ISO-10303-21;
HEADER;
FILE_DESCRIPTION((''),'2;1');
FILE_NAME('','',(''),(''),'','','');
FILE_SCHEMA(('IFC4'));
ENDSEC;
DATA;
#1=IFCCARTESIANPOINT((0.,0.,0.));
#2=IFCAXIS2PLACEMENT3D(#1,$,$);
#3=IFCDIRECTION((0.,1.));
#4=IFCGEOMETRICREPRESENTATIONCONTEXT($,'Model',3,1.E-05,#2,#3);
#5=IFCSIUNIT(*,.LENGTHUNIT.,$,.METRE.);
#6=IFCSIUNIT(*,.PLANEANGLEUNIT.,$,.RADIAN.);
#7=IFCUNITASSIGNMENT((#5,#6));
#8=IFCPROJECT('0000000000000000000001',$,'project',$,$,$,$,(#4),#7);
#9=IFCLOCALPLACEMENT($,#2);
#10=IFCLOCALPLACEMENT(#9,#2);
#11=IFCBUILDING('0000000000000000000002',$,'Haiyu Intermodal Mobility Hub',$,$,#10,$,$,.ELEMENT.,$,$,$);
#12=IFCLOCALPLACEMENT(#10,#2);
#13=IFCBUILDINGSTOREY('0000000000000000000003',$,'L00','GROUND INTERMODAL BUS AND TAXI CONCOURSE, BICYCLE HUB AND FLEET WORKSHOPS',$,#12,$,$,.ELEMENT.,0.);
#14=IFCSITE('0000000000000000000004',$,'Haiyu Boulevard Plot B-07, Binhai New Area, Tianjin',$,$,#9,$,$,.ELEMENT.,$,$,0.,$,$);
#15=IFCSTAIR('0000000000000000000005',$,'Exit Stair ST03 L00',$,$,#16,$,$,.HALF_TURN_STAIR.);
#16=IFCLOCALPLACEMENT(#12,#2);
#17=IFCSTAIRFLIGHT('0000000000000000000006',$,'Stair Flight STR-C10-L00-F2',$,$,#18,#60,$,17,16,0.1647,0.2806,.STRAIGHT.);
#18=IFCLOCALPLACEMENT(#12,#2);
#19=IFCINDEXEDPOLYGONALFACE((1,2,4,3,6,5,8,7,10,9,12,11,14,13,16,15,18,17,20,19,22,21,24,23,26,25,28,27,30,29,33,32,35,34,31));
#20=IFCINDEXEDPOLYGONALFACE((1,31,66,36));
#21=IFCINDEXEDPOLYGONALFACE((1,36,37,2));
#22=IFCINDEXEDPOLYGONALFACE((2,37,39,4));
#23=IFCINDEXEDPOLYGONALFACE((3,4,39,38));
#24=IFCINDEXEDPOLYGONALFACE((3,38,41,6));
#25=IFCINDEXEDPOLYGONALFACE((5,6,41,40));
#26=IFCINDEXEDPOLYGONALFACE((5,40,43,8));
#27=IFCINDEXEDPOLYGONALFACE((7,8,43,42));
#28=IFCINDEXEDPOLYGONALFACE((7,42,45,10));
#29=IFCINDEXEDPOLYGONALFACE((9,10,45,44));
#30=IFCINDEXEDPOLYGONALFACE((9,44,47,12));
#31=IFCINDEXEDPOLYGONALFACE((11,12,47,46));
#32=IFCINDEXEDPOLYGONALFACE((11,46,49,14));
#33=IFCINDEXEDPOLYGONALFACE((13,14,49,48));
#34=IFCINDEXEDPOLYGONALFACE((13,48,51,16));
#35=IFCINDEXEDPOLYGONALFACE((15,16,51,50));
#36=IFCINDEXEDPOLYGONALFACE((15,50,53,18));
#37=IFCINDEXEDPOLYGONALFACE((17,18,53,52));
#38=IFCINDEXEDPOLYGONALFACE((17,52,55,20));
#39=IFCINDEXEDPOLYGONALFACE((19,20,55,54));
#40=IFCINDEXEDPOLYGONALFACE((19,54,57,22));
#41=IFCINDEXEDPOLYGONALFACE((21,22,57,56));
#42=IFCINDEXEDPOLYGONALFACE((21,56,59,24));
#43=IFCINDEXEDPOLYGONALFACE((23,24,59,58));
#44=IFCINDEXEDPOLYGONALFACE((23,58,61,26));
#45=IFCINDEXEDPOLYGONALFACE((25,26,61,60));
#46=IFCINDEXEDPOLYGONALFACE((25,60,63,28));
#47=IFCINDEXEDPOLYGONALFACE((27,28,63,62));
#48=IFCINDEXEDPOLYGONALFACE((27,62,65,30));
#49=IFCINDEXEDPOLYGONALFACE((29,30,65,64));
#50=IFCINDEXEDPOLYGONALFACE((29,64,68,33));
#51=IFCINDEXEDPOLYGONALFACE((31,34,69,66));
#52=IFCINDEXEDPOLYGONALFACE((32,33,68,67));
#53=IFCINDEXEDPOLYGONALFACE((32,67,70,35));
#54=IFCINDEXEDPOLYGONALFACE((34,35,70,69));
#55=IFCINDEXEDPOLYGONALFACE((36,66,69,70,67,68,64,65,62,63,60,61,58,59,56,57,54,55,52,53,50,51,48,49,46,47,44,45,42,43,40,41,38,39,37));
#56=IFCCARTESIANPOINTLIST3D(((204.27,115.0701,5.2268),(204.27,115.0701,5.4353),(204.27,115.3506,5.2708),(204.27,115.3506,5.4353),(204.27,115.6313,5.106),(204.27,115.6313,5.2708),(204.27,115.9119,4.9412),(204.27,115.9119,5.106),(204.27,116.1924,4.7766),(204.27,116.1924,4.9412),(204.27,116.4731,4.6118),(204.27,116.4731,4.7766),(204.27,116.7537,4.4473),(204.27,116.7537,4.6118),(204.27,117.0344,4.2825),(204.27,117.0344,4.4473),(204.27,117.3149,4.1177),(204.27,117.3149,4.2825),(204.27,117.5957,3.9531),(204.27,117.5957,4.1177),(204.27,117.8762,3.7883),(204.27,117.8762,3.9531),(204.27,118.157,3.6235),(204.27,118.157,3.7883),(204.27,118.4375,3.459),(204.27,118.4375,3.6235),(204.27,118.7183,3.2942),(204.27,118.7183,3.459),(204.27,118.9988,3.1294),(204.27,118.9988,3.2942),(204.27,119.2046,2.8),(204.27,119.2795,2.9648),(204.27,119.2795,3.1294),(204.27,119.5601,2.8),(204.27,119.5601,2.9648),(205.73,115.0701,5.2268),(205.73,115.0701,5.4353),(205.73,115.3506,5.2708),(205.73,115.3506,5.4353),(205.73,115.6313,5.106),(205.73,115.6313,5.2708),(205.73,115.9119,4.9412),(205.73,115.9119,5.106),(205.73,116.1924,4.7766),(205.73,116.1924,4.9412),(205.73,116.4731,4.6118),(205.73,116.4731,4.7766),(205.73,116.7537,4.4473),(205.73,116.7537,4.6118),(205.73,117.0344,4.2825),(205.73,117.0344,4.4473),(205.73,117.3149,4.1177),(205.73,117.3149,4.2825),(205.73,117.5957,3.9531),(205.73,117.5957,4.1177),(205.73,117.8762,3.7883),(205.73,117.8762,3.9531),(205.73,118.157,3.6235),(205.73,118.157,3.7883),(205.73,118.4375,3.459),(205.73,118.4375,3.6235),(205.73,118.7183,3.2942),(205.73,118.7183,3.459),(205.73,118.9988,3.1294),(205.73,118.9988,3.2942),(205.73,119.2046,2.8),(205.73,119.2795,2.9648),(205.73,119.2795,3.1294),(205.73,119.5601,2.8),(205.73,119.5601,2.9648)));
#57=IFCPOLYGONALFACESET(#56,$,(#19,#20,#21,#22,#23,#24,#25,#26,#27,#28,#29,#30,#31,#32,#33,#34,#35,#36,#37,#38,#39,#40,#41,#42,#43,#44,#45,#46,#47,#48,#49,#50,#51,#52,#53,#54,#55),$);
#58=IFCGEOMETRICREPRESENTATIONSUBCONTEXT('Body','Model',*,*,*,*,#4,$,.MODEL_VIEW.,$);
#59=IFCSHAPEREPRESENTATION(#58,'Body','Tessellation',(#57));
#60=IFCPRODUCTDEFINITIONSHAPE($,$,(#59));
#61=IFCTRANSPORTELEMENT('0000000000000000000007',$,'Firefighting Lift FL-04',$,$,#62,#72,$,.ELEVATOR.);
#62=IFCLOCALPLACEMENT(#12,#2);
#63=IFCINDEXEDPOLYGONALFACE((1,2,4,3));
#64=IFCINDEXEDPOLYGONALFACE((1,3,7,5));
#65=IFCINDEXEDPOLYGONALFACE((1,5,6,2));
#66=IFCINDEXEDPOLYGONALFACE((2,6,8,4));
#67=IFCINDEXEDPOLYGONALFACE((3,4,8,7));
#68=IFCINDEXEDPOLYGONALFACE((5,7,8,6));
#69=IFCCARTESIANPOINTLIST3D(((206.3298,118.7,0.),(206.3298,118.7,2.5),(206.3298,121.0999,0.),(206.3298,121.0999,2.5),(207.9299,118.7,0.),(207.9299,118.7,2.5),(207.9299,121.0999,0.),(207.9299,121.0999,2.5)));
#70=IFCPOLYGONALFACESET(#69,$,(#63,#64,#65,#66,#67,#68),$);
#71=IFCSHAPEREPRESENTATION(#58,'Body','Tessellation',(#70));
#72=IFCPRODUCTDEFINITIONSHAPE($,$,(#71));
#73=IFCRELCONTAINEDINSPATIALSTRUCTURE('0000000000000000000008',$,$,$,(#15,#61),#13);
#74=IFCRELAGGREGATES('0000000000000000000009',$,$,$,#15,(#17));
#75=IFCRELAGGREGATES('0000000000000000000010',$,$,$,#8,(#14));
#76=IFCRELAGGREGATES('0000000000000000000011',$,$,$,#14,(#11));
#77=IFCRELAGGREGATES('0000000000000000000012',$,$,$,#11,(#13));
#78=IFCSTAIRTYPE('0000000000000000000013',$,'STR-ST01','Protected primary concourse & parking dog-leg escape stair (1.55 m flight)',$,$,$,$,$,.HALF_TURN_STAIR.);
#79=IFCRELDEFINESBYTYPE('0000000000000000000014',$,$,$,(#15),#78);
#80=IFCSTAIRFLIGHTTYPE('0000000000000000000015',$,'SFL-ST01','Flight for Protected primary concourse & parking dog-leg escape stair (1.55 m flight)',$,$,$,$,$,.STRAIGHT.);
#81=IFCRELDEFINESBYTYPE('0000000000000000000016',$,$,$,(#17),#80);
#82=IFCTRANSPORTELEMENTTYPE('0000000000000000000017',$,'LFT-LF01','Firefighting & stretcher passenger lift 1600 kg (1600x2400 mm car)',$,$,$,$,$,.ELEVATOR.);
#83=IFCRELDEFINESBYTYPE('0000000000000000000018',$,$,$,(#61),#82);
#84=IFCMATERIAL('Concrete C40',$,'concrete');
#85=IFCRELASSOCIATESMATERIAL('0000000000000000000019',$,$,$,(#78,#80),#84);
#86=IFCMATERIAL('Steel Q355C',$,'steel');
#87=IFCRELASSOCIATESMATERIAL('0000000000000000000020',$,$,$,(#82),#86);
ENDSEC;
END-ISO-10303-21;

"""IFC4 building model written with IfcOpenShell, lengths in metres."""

from ifc_helpers import new_model, si_unit, direction, frame, origin, origin_2d, place, context, subcontext, project, spatial, polyline, rectangle, outline, extrude, material, type_object, element, aggregate, save


model = new_model("IFC4")

# Units and contexts
model_context = context("Model", 3, precision=1e-05, world=origin(), true_north=direction((0.0, 1.0)))
body_context = subcontext(model_context, "Body", "Model", "MODEL_VIEW")
ifc_project = project(units=[si_unit("LENGTHUNIT", "METRE"), si_unit("PLANEANGLEUNIT", "RADIAN")], contexts=[model_context])

# Site, building, storey
site_placement = place(None, origin())
site = spatial("IfcSite", under=ifc_project, at=site_placement, Name="Haiyu Boulevard Plot B-07, Binhai New Area, Tianjin", CompositionType="ELEMENT", RefElevation=0.0)
building_placement = place(site_placement, origin())
building = spatial("IfcBuilding", under=site, at=building_placement, Name="Haiyu Intermodal Mobility Hub", CompositionType="ELEMENT")
storey_placement = place(building_placement, origin())
storey = spatial("IfcBuildingStorey", under=building, at=storey_placement, Name="L00", Description="GROUND INTERMODAL BUS AND TAXI CONCOURSE, BICYCLE HUB AND FLEET WORKSHOPS", CompositionType="ELEMENT", Elevation=0.0)

# Shared definitions
ifc_material_1 = material(Name="Concrete C40", Category="concrete")

# Shared definitions
ifc_material_2 = material(Name="Steel Q355C", Category="steel")

# Stair, stair flight
stair_type = type_object("IfcStairType", Name="STR-ST01", Description="Protected primary concourse & parking dog-leg escape stair (1.55 m flight)", PredefinedType="HALF_TURN_STAIR", material=ifc_material_1)
stair_placement = place(storey_placement, origin())
stair = element("IfcStair", 1, at=stair_placement, inside=storey, type_object=stair_type, Name="Exit Stair ST03 L00", PredefinedType="HALF_TURN_STAIR")
stair_flight_type = type_object("IfcStairFlightType", Name="SFL-ST01", Description="Flight for Protected primary concourse & parking dog-leg escape stair (1.55 m flight)", PredefinedType="STRAIGHT", material=ifc_material_1)
stair_flight_1_placement = place(storey_placement, frame((205.0, 119.5601, 2.8), z_axis=(0.0, 0.0, 1.0), x_axis=(0.0, -1.0, 0.0)))
stair_flight_1 = element("IfcStairFlight", 2, at=stair_flight_1_placement, type_object=stair_flight_type, Name="Stair Flight STR-C10-L00-F2", NumberOfRisers=17, NumberOfTreads=16, PredefinedType="STRAIGHT", RiserHeight=0.1647, TreadLength=0.2806, context=body_context, shape_type="SweptSolid", body=[
    extrude(outline(polyline([(0.0, 0.0), (0.0, 0.1648), (0.2805, 0.1648), (0.2805, 0.3293), (0.5613, 0.3293), (0.5613, 0.4941), (0.8418, 0.4941), (0.8418, 0.6589), (1.1226, 0.6589), (1.1226, 0.8235), (1.4031, 0.8235), (1.4031, 0.9883), (1.6838, 0.9883), (1.6838, 1.1531), (1.9644, 1.1531), (1.9644, 1.3176), (2.2451, 1.3176), (2.2451, 1.4824), (2.5256, 1.4824), (2.5256, 1.6472), (2.8064, 1.6472), (2.8064, 1.8118), (3.0869, 1.8118), (3.0869, 1.9766), (3.3677, 1.9766), (3.3677, 2.1411), (3.6482, 2.1411), (3.6482, 2.3059), (3.9287, 2.3059), (3.9287, 2.4707), (4.2095, 2.4707), (4.2095, 2.6353), (4.49, 2.6353), (4.49, 2.8), (4.49, 2.4268), (0.3555, 0.0), (0.0, 0.0)])), frame((0.0, 0.73, 0.0), z_axis=(0.0, -1.0, 0.0), x_axis=(1.0, 0.0, 0.0)), (0.0, 0.0, 1.0), 1.46),
])
aggregate(stair, [stair_flight_1])

# Transport element
transport_element_type = type_object("IfcTransportElementType", Name="LFT-LF01", Description="Firefighting & stretcher passenger lift 1600 kg (1600x2400 mm car)", PredefinedType="ELEVATOR", material=ifc_material_2)
transport_element_placement = place(storey_placement, frame((207.1299, 119.8999, 0.0), z_axis=(0.0, 0.0, 1.0), x_axis=(1.0, 0.0, 0.0)))
element("IfcTransportElement", 3, at=transport_element_placement, inside=storey, type_object=transport_element_type, Name="Firefighting Lift FL-04", PredefinedType="ELEVATOR", context=body_context, shape_type="SweptSolid", body=[
    extrude(rectangle(XDim=1.6001, YDim=2.3999, at=origin_2d()), origin(), (0.0, 0.0, 1.0), 2.5),
])

save(model, "model.ifc")
